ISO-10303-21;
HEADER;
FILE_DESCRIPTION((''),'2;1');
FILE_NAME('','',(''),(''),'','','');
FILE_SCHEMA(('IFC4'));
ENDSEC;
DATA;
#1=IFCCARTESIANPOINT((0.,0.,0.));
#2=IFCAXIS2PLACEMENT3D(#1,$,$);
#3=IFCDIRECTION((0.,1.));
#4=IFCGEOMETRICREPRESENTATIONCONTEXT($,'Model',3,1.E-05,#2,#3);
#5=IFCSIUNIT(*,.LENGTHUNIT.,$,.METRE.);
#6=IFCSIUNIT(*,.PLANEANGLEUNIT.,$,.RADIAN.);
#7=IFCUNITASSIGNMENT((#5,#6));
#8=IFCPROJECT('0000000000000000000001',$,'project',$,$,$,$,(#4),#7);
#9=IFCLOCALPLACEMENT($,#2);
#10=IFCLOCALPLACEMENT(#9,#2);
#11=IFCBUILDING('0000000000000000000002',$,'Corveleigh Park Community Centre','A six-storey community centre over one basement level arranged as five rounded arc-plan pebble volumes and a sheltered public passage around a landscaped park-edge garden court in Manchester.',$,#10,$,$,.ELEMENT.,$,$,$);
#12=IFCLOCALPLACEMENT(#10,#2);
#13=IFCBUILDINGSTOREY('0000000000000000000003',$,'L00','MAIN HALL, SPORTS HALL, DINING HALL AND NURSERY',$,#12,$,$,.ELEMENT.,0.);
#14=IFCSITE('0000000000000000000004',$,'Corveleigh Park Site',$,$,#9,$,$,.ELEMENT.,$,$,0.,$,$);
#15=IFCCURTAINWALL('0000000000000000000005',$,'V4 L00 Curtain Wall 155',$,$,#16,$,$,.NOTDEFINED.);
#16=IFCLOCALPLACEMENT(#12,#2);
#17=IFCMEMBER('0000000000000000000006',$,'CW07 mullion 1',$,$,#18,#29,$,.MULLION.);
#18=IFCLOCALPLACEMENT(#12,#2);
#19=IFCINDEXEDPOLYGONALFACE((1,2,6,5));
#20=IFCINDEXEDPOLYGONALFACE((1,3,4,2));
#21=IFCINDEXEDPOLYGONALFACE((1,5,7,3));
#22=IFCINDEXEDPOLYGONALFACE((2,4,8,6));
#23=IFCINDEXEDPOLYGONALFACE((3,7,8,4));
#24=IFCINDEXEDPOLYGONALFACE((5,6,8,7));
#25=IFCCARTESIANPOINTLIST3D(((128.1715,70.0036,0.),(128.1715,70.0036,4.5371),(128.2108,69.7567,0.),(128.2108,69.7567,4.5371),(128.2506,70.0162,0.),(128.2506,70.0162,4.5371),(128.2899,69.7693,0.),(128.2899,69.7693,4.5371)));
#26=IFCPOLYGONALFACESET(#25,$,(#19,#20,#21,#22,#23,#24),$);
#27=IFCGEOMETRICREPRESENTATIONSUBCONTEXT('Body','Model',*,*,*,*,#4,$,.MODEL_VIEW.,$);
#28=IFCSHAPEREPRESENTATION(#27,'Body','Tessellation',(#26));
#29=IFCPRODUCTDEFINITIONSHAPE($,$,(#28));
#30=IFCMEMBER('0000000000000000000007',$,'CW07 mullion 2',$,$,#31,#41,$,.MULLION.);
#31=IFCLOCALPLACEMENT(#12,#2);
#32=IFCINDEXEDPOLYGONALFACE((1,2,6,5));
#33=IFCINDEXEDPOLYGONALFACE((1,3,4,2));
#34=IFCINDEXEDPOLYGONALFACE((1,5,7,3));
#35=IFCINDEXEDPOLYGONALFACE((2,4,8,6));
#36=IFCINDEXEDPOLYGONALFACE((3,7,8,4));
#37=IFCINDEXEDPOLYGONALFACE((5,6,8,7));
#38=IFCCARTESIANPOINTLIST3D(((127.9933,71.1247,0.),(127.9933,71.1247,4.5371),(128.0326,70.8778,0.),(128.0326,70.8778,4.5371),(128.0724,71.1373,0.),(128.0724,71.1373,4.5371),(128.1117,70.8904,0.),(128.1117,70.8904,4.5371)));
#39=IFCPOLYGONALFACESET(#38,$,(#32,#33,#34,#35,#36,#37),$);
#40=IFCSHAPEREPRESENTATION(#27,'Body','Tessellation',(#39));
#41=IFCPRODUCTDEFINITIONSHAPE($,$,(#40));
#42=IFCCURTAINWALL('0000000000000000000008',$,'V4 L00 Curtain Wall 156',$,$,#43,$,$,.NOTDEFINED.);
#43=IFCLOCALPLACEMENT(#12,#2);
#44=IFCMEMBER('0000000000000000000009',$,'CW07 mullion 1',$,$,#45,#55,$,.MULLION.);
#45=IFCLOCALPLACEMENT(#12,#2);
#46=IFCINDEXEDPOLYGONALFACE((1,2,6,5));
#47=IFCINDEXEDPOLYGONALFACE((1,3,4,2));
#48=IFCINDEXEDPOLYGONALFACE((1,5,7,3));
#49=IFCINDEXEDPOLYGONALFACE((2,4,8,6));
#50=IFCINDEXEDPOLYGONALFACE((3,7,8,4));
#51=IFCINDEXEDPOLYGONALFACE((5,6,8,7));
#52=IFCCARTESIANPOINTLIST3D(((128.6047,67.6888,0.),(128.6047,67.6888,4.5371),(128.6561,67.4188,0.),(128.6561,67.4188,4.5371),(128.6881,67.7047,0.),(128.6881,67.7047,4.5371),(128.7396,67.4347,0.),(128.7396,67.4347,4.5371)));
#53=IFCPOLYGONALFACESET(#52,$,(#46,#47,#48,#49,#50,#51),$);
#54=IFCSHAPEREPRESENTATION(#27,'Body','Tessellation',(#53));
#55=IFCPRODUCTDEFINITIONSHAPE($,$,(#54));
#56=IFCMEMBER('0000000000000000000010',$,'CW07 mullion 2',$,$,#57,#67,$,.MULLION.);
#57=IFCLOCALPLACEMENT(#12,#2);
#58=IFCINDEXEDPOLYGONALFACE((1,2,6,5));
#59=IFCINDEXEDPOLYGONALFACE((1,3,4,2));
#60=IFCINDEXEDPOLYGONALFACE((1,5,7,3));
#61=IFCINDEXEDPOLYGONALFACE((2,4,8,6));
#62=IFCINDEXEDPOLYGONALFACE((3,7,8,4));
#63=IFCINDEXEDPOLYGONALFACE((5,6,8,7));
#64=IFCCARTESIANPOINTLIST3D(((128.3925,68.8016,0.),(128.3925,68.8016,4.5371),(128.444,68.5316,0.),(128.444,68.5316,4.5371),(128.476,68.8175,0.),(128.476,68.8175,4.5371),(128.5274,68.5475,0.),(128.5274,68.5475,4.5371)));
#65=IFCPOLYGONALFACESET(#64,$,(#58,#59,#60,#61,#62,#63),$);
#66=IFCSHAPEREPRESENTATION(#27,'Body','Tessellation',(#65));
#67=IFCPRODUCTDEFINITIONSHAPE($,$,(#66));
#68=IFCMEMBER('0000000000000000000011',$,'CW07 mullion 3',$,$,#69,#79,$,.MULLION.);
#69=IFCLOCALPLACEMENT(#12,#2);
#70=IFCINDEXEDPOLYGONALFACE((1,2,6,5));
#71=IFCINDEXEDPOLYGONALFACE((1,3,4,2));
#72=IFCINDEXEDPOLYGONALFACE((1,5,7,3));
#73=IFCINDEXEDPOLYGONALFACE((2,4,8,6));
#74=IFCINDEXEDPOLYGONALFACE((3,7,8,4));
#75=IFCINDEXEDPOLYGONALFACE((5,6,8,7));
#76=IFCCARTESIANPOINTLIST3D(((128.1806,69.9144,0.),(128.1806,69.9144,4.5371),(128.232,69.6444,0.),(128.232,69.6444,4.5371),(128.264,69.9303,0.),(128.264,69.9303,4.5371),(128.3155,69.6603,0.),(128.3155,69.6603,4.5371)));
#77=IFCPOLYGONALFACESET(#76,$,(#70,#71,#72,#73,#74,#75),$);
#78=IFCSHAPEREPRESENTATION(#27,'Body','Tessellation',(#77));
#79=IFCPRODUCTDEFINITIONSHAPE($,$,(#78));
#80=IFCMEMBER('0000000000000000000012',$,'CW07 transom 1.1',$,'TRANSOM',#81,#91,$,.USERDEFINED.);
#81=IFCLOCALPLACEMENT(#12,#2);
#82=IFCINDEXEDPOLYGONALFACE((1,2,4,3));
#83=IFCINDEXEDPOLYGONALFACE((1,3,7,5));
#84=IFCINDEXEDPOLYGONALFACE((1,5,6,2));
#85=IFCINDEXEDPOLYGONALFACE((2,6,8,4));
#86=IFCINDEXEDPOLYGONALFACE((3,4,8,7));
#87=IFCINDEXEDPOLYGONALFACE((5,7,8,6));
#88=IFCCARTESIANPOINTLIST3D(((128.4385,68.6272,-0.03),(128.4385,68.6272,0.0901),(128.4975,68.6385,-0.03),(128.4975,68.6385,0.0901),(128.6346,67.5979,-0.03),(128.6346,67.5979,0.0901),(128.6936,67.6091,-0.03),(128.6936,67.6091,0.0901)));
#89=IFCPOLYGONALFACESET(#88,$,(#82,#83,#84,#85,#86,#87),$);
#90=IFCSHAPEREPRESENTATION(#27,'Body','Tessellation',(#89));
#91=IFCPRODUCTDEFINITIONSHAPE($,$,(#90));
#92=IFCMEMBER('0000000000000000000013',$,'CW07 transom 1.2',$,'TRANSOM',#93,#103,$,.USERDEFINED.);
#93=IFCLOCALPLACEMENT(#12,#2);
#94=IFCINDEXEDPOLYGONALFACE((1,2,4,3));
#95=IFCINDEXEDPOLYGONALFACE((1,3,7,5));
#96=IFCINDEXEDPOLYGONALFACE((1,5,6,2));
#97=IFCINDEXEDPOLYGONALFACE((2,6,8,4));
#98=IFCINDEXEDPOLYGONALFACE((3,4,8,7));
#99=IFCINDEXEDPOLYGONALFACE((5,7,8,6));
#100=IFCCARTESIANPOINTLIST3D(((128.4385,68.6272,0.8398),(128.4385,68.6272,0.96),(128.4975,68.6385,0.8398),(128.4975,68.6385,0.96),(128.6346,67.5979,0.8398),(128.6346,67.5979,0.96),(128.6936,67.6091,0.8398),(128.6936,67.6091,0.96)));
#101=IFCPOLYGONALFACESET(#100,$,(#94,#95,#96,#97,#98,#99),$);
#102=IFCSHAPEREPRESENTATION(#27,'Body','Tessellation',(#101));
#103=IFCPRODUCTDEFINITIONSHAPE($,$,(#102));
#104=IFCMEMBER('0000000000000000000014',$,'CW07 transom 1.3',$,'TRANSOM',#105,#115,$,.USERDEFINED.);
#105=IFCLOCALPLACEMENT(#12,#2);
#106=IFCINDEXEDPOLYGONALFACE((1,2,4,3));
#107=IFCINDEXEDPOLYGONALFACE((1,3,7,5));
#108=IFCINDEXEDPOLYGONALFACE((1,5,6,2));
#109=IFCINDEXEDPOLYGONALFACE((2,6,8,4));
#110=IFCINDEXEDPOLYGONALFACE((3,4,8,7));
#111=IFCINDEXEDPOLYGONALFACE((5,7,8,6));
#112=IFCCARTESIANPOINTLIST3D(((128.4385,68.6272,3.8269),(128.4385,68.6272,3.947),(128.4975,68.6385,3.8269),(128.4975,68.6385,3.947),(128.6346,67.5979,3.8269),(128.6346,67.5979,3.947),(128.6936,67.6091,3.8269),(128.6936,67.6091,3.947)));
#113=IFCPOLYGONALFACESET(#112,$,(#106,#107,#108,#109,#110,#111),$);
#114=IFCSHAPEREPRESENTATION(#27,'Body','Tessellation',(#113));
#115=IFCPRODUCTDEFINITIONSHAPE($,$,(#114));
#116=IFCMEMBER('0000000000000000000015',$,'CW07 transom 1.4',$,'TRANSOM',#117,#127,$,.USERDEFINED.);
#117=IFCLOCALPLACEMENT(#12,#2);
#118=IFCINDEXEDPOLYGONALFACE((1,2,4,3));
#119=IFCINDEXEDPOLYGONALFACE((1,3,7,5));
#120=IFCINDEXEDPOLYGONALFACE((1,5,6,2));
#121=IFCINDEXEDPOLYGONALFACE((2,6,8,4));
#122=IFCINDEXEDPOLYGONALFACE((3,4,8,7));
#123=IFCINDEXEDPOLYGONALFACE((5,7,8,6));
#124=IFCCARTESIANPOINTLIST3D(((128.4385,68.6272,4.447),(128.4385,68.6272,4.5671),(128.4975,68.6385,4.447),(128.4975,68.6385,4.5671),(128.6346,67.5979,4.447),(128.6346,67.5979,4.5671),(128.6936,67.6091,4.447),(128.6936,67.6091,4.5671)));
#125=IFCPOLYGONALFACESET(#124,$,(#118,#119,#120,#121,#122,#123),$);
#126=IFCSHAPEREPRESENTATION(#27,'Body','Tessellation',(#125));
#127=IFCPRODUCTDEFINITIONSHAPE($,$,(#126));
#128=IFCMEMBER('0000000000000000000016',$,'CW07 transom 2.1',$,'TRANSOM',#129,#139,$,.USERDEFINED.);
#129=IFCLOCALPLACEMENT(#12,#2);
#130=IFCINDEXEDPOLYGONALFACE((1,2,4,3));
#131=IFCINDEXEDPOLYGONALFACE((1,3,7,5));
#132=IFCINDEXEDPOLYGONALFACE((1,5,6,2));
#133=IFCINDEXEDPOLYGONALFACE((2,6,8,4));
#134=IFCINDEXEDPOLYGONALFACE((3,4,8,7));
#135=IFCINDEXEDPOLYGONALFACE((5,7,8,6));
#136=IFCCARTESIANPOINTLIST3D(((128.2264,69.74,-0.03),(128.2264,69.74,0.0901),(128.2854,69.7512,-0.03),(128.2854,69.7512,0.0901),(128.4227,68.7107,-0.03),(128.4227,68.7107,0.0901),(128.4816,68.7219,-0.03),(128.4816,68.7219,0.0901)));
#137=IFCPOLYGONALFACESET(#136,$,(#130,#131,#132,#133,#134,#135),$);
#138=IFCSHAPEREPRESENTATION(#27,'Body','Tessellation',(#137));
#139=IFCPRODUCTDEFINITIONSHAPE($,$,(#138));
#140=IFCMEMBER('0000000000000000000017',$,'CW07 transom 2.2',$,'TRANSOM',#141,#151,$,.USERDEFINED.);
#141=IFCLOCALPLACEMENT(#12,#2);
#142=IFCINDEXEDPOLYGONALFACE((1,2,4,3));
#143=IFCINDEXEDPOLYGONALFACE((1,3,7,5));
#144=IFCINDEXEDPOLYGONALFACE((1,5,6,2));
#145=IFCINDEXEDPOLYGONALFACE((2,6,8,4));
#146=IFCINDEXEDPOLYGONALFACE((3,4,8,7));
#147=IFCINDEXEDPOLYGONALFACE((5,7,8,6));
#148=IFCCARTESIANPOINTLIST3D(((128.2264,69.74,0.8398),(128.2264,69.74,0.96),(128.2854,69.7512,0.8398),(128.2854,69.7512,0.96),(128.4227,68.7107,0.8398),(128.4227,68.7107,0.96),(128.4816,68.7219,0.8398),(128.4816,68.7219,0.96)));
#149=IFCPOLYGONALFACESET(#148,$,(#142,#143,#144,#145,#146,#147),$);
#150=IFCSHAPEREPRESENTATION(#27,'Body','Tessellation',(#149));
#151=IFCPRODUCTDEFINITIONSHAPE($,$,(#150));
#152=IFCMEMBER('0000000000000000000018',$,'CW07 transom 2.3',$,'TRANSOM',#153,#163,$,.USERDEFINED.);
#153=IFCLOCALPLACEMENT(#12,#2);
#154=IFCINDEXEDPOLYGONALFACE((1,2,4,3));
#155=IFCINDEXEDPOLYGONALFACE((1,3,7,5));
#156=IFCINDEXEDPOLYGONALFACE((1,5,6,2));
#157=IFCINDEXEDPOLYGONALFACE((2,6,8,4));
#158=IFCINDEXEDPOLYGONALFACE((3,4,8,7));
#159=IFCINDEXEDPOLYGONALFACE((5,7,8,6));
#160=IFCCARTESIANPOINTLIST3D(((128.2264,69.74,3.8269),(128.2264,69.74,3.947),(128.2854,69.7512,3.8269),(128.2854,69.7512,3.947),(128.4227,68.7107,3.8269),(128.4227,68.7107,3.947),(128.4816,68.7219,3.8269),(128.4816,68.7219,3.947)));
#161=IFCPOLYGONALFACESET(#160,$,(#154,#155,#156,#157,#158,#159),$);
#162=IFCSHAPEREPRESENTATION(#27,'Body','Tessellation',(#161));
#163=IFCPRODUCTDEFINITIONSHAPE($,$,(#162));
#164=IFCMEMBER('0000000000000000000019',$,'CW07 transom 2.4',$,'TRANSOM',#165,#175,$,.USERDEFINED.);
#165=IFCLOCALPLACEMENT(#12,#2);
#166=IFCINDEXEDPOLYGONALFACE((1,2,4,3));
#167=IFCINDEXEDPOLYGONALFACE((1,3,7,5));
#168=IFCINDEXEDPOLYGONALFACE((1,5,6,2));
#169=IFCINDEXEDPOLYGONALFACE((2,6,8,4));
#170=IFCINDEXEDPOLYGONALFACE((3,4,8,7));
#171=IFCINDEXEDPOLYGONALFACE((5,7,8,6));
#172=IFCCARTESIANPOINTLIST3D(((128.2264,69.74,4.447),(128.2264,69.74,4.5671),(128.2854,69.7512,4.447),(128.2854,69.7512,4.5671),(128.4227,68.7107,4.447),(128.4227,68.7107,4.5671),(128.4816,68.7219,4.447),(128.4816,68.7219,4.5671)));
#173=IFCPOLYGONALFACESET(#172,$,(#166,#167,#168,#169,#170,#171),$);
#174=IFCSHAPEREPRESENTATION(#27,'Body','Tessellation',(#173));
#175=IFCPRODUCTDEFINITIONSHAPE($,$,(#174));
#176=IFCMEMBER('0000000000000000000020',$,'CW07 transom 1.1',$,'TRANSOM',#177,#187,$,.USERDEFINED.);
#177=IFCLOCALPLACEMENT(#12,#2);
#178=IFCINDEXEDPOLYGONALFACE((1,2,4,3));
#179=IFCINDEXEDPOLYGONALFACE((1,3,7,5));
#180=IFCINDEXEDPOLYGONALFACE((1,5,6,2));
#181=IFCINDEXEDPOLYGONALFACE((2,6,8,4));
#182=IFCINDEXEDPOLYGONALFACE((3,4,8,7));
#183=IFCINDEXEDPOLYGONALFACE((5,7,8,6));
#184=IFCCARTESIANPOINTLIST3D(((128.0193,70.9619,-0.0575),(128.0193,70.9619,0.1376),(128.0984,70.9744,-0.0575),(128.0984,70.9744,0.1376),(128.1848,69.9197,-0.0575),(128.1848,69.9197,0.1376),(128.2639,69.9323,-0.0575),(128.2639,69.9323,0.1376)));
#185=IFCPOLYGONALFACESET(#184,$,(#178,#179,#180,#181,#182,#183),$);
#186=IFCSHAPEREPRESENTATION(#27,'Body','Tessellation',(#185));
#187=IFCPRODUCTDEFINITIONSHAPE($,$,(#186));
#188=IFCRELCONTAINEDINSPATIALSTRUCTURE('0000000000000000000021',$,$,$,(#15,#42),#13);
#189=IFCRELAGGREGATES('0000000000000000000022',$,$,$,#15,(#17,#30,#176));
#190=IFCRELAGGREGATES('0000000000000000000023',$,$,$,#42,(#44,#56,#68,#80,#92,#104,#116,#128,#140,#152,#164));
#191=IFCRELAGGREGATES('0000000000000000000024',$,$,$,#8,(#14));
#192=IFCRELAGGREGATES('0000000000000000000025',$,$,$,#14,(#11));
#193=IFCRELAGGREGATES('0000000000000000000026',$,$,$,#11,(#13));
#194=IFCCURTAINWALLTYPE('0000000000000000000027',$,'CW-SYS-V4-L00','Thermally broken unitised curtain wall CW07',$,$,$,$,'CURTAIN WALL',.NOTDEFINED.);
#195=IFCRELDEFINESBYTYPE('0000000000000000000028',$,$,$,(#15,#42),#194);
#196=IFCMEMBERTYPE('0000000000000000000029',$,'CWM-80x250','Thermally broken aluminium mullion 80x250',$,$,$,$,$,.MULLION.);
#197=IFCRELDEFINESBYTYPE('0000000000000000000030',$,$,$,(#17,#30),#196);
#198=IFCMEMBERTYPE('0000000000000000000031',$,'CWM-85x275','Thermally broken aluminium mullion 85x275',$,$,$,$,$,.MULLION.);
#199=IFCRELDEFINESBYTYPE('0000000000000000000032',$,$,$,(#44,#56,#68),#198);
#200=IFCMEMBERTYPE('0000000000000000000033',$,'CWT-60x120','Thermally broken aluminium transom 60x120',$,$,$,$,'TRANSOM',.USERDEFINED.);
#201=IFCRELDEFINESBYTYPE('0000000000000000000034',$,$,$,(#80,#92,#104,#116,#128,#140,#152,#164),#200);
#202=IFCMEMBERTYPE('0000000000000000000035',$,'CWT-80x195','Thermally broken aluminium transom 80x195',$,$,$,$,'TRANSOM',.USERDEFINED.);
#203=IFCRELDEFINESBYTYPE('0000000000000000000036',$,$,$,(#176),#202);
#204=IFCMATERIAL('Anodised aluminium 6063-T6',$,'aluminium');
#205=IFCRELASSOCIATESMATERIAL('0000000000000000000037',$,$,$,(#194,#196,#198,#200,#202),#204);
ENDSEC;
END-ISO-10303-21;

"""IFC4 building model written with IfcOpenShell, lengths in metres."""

from ifc_helpers import new_model, si_unit, direction, frame, origin, origin_2d, place, context, subcontext, project, spatial, rectangle, extrude, material, material_profile, profile_set, type_object, element, aggregate, save


model = new_model("IFC4")

# Units and contexts
model_context = context("Model", 3, precision=1e-05, world=origin(), true_north=direction((0.0, 1.0)))
body_context = subcontext(model_context, "Body", "Model", "MODEL_VIEW")
ifc_project = project(units=[si_unit("LENGTHUNIT", "METRE"), si_unit("PLANEANGLEUNIT", "RADIAN")], contexts=[model_context])

# Site, building, storey
site_placement = place(None, origin())
site = spatial("IfcSite", under=ifc_project, at=site_placement, Name="Corveleigh Park Site", CompositionType="ELEMENT", RefElevation=0.0)
building_placement = place(site_placement, origin())
building = spatial("IfcBuilding", under=site, at=building_placement, Name="Corveleigh Park Community Centre", Description="A six-storey community centre over one basement level arranged as five rounded arc-plan pebble volumes and a sheltered public passage around a landscaped park-edge garden court in Manchester.", CompositionType="ELEMENT")
storey_placement = place(building_placement, origin())
storey = spatial("IfcBuildingStorey", under=building, at=storey_placement, Name="L00", Description="MAIN HALL, SPORTS HALL, DINING HALL AND NURSERY", CompositionType="ELEMENT", Elevation=0.0)

# Curtain walls, members
ifc_material_1 = material(Name="Anodised aluminium 6063-T6", Category="aluminium")
curtain_wall_type = type_object("IfcCurtainWallType", Name="CW-SYS-V4-L00", Description="Thermally broken unitised curtain wall CW07", ElementType="CURTAIN WALL", PredefinedType="NOTDEFINED", material=ifc_material_1)
curtain_wall_1_placement = place(storey_placement, origin())
curtain_wall_1 = element("IfcCurtainWall", 1, at=curtain_wall_1_placement, inside=storey, type_object=curtain_wall_type, Name="V4 L00 Curtain Wall 155", PredefinedType="NOTDEFINED")
ifc_material_profile_1 = material_profile(ifc_material_1, rectangle(XDim=0.0801, YDim=0.25, at=origin_2d()), Name="ALU-M80x250", Category="aluminium")
ifc_profile_set_1 = profile_set([ifc_material_profile_1], Name="Anodised aluminium 6063-T6")
member_type_1 = type_object("IfcMemberType", Name="CWM-80x250", Description="Thermally broken aluminium mullion 80x250", PredefinedType="MULLION", material=ifc_profile_set_1)
member_1_placement = place(storey_placement, frame((128.2307, 69.8865, 0.0), z_axis=(0.0, 0.0, 1.0), x_axis=(-0.987597, -0.157011, 0.0)))
member_1 = element("IfcMember", 2, at=member_1_placement, type_object=member_type_1, Name="CW07 mullion 1", PredefinedType="MULLION", context=body_context, shape_type="SweptSolid", body=[
    extrude(rectangle(XDim=0.0801, YDim=0.25, at=origin_2d()), origin(), (0.0, 0.0, 1.0), 4.5371),
])
member_2_placement = place(storey_placement, frame((128.0525, 71.0076, 0.0), z_axis=(0.0, 0.0, 1.0), x_axis=(-0.987597, -0.157011, 0.0)))
member_2 = element("IfcMember", 3, at=member_2_placement, type_object=member_type_1, Name="CW07 mullion 2", PredefinedType="MULLION", context=body_context, shape_type="SweptSolid", body=[
    extrude(rectangle(XDim=0.0801, YDim=0.25, at=origin_2d()), origin(), (0.0, 0.0, 1.0), 4.5371),
])
curtain_wall_2_placement = place(storey_placement, origin())
curtain_wall_2 = element("IfcCurtainWall", 4, at=curtain_wall_2_placement, inside=storey, type_object=curtain_wall_type, Name="V4 L00 Curtain Wall 156", PredefinedType="NOTDEFINED")
ifc_material_profile_2 = material_profile(ifc_material_1, rectangle(XDim=0.085, YDim=0.2749, at=origin_2d()), Name="ALU-M85x275", Category="aluminium")
ifc_profile_set_2 = profile_set([ifc_material_profile_2], Name="Anodised aluminium 6063-T6")
member_type_2 = type_object("IfcMemberType", Name="CWM-85x275", Description="Thermally broken aluminium mullion 85x275", PredefinedType="MULLION", material=ifc_profile_set_2)
member_3_placement = place(storey_placement, frame((128.6721, 67.5618, 0.0), z_axis=(0.0, 0.0, 1.0), x_axis=(-0.982324, -0.18719, 0.0)))
member_3 = element("IfcMember", 5, at=member_3_placement, type_object=member_type_2, Name="CW07 mullion 1", PredefinedType="MULLION", context=body_context, shape_type="SweptSolid", body=[
    extrude(rectangle(XDim=0.085, YDim=0.2749, at=origin_2d()), origin(), (0.0, 0.0, 1.0), 4.5371),
])
member_4_placement = place(storey_placement, frame((128.46, 68.6746, 0.0), z_axis=(0.0, 0.0, 1.0), x_axis=(-0.982324, -0.18719, 0.0)))
member_4 = element("IfcMember", 6, at=member_4_placement, type_object=member_type_2, Name="CW07 mullion 2", PredefinedType="MULLION", context=body_context, shape_type="SweptSolid", body=[
    extrude(rectangle(XDim=0.085, YDim=0.2749, at=origin_2d()), origin(), (0.0, 0.0, 1.0), 4.5371),
])
member_5_placement = place(storey_placement, frame((128.248, 69.7874, 0.0), z_axis=(0.0, 0.0, 1.0), x_axis=(-0.982324, -0.18719, 0.0)))
member_5 = element("IfcMember", 7, at=member_5_placement, type_object=member_type_2, Name="CW07 mullion 3", PredefinedType="MULLION", context=body_context, shape_type="SweptSolid", body=[
    extrude(rectangle(XDim=0.085, YDim=0.2749, at=origin_2d()), origin(), (0.0, 0.0, 1.0), 4.5371),
])
ifc_material_profile_3 = material_profile(ifc_material_1, rectangle(XDim=0.0601, YDim=0.1201, at=origin_2d()), Name="ALU-T60x120", Category="aluminium")
ifc_profile_set_3 = profile_set([ifc_material_profile_3], Name="Anodised aluminium 6063-T6")
member_type_3 = type_object("IfcMemberType", Name="CWT-60x120", Description="Thermally broken aluminium transom 60x120", ElementType="TRANSOM", PredefinedType="USERDEFINED", material=ifc_profile_set_3)
member_6_placement = place(storey_placement, frame((128.6641, 67.6035, 0.03), z_axis=(-0.187101, 0.982341, 0.0), x_axis=(-0.982341, -0.187101, 0.0)))
member_6 = element("IfcMember", 8, at=member_6_placement, type_object=member_type_3, Name="CW07 transom 1.1", ObjectType="TRANSOM", PredefinedType="USERDEFINED", context=body_context, shape_type="SweptSolid", body=[
    extrude(rectangle(XDim=0.0601, YDim=0.1201, at=origin_2d()), origin(), (0.0, 0.0, 1.0), 1.0479),
])
member_7_placement = place(storey_placement, frame((128.6641, 67.6035, 0.8999), z_axis=(-0.187101, 0.982341, 0.0), x_axis=(-0.982341, -0.187101, 0.0)))
member_7 = element("IfcMember", 9, at=member_7_placement, type_object=member_type_3, Name="CW07 transom 1.2", ObjectType="TRANSOM", PredefinedType="USERDEFINED", context=body_context, shape_type="SweptSolid", body=[
    extrude(rectangle(XDim=0.0601, YDim=0.1201, at=origin_2d()), origin(), (0.0, 0.0, 1.0), 1.0479),
])
member_8_placement = place(storey_placement, frame((128.6641, 67.6035, 3.887), z_axis=(-0.187101, 0.982341, 0.0), x_axis=(-0.982341, -0.187101, 0.0)))
member_8 = element("IfcMember", 10, at=member_8_placement, type_object=member_type_3, Name="CW07 transom 1.3", ObjectType="TRANSOM", PredefinedType="USERDEFINED", context=body_context, shape_type="SweptSolid", body=[
    extrude(rectangle(XDim=0.0601, YDim=0.1201, at=origin_2d()), origin(), (0.0, 0.0, 1.0), 1.0479),
])
member_9_placement = place(storey_placement, frame((128.6641, 67.6035, 4.5071), z_axis=(-0.187101, 0.982341, 0.0), x_axis=(-0.982341, -0.187101, 0.0)))
member_9 = element("IfcMember", 11, at=member_9_placement, type_object=member_type_3, Name="CW07 transom 1.4", ObjectType="TRANSOM", PredefinedType="USERDEFINED", context=body_context, shape_type="SweptSolid", body=[
    extrude(rectangle(XDim=0.0601, YDim=0.1201, at=origin_2d()), origin(), (0.0, 0.0, 1.0), 1.0479),
])
member_10_placement = place(storey_placement, frame((128.4521, 68.7163, 0.03), z_axis=(-0.187326, 0.982298, 0.0), x_axis=(-0.982298, -0.187326, 0.0)))
member_10 = element("IfcMember", 12, at=member_10_placement, type_object=member_type_3, Name="CW07 transom 2.1", ObjectType="TRANSOM", PredefinedType="USERDEFINED", context=body_context, shape_type="SweptSolid", body=[
    extrude(rectangle(XDim=0.0601, YDim=0.1201, at=origin_2d()), origin(), (0.0, 0.0, 1.0), 1.0479),
])
member_11_placement = place(storey_placement, frame((128.4521, 68.7163, 0.8999), z_axis=(-0.187326, 0.982298, 0.0), x_axis=(-0.982298, -0.187326, 0.0)))
member_11 = element("IfcMember", 13, at=member_11_placement, type_object=member_type_3, Name="CW07 transom 2.2", ObjectType="TRANSOM", PredefinedType="USERDEFINED", context=body_context, shape_type="SweptSolid", body=[
    extrude(rectangle(XDim=0.0601, YDim=0.1201, at=origin_2d()), origin(), (0.0, 0.0, 1.0), 1.0479),
])
member_12_placement = place(storey_placement, frame((128.4521, 68.7163, 3.887), z_axis=(-0.187326, 0.982298, 0.0), x_axis=(-0.982298, -0.187326, 0.0)))
member_12 = element("IfcMember", 14, at=member_12_placement, type_object=member_type_3, Name="CW07 transom 2.3", ObjectType="TRANSOM", PredefinedType="USERDEFINED", context=body_context, shape_type="SweptSolid", body=[
    extrude(rectangle(XDim=0.0601, YDim=0.1201, at=origin_2d()), origin(), (0.0, 0.0, 1.0), 1.0479),
])
member_13_placement = place(storey_placement, frame((128.4521, 68.7163, 4.5071), z_axis=(-0.187326, 0.982298, 0.0), x_axis=(-0.982298, -0.187326, 0.0)))
member_13 = element("IfcMember", 15, at=member_13_placement, type_object=member_type_3, Name="CW07 transom 2.4", ObjectType="TRANSOM", PredefinedType="USERDEFINED", context=body_context, shape_type="SweptSolid", body=[
    extrude(rectangle(XDim=0.0601, YDim=0.1201, at=origin_2d()), origin(), (0.0, 0.0, 1.0), 1.0479),
])

# Member
ifc_material_profile_4 = material_profile(ifc_material_1, rectangle(XDim=0.0801, YDim=0.1951, at=origin_2d()), Name="ALU-T80x195", Category="aluminium")
ifc_profile_set_4 = profile_set([ifc_material_profile_4], Name="Anodised aluminium 6063-T6")
member_type_4 = type_object("IfcMemberType", Name="CWT-80x195", Description="Thermally broken aluminium transom 80x195", ElementType="TRANSOM", PredefinedType="USERDEFINED", material=ifc_profile_set_4)
member_14_placement = place(storey_placement, frame((128.2244, 69.926, 0.04), z_axis=(-0.156889, 0.987616, 0.0), x_axis=(-0.987616, -0.156889, 0.0)))
member_14 = element("IfcMember", 16, at=member_14_placement, type_object=member_type_4, Name="CW07 transom 1.1", ObjectType="TRANSOM", PredefinedType="USERDEFINED", context=body_context, shape_type="SweptSolid", body=[
    extrude(rectangle(XDim=0.0801, YDim=0.1951, at=origin_2d()), origin(), (0.0, 0.0, 1.0), 1.0552),
])

aggregate(curtain_wall_1, [member_1, member_2, member_14])
aggregate(curtain_wall_2, [member_3, member_4, member_5, member_6, member_7, member_8, member_9, member_10, member_11, member_12, member_13])

save(model, "model.ifc")
